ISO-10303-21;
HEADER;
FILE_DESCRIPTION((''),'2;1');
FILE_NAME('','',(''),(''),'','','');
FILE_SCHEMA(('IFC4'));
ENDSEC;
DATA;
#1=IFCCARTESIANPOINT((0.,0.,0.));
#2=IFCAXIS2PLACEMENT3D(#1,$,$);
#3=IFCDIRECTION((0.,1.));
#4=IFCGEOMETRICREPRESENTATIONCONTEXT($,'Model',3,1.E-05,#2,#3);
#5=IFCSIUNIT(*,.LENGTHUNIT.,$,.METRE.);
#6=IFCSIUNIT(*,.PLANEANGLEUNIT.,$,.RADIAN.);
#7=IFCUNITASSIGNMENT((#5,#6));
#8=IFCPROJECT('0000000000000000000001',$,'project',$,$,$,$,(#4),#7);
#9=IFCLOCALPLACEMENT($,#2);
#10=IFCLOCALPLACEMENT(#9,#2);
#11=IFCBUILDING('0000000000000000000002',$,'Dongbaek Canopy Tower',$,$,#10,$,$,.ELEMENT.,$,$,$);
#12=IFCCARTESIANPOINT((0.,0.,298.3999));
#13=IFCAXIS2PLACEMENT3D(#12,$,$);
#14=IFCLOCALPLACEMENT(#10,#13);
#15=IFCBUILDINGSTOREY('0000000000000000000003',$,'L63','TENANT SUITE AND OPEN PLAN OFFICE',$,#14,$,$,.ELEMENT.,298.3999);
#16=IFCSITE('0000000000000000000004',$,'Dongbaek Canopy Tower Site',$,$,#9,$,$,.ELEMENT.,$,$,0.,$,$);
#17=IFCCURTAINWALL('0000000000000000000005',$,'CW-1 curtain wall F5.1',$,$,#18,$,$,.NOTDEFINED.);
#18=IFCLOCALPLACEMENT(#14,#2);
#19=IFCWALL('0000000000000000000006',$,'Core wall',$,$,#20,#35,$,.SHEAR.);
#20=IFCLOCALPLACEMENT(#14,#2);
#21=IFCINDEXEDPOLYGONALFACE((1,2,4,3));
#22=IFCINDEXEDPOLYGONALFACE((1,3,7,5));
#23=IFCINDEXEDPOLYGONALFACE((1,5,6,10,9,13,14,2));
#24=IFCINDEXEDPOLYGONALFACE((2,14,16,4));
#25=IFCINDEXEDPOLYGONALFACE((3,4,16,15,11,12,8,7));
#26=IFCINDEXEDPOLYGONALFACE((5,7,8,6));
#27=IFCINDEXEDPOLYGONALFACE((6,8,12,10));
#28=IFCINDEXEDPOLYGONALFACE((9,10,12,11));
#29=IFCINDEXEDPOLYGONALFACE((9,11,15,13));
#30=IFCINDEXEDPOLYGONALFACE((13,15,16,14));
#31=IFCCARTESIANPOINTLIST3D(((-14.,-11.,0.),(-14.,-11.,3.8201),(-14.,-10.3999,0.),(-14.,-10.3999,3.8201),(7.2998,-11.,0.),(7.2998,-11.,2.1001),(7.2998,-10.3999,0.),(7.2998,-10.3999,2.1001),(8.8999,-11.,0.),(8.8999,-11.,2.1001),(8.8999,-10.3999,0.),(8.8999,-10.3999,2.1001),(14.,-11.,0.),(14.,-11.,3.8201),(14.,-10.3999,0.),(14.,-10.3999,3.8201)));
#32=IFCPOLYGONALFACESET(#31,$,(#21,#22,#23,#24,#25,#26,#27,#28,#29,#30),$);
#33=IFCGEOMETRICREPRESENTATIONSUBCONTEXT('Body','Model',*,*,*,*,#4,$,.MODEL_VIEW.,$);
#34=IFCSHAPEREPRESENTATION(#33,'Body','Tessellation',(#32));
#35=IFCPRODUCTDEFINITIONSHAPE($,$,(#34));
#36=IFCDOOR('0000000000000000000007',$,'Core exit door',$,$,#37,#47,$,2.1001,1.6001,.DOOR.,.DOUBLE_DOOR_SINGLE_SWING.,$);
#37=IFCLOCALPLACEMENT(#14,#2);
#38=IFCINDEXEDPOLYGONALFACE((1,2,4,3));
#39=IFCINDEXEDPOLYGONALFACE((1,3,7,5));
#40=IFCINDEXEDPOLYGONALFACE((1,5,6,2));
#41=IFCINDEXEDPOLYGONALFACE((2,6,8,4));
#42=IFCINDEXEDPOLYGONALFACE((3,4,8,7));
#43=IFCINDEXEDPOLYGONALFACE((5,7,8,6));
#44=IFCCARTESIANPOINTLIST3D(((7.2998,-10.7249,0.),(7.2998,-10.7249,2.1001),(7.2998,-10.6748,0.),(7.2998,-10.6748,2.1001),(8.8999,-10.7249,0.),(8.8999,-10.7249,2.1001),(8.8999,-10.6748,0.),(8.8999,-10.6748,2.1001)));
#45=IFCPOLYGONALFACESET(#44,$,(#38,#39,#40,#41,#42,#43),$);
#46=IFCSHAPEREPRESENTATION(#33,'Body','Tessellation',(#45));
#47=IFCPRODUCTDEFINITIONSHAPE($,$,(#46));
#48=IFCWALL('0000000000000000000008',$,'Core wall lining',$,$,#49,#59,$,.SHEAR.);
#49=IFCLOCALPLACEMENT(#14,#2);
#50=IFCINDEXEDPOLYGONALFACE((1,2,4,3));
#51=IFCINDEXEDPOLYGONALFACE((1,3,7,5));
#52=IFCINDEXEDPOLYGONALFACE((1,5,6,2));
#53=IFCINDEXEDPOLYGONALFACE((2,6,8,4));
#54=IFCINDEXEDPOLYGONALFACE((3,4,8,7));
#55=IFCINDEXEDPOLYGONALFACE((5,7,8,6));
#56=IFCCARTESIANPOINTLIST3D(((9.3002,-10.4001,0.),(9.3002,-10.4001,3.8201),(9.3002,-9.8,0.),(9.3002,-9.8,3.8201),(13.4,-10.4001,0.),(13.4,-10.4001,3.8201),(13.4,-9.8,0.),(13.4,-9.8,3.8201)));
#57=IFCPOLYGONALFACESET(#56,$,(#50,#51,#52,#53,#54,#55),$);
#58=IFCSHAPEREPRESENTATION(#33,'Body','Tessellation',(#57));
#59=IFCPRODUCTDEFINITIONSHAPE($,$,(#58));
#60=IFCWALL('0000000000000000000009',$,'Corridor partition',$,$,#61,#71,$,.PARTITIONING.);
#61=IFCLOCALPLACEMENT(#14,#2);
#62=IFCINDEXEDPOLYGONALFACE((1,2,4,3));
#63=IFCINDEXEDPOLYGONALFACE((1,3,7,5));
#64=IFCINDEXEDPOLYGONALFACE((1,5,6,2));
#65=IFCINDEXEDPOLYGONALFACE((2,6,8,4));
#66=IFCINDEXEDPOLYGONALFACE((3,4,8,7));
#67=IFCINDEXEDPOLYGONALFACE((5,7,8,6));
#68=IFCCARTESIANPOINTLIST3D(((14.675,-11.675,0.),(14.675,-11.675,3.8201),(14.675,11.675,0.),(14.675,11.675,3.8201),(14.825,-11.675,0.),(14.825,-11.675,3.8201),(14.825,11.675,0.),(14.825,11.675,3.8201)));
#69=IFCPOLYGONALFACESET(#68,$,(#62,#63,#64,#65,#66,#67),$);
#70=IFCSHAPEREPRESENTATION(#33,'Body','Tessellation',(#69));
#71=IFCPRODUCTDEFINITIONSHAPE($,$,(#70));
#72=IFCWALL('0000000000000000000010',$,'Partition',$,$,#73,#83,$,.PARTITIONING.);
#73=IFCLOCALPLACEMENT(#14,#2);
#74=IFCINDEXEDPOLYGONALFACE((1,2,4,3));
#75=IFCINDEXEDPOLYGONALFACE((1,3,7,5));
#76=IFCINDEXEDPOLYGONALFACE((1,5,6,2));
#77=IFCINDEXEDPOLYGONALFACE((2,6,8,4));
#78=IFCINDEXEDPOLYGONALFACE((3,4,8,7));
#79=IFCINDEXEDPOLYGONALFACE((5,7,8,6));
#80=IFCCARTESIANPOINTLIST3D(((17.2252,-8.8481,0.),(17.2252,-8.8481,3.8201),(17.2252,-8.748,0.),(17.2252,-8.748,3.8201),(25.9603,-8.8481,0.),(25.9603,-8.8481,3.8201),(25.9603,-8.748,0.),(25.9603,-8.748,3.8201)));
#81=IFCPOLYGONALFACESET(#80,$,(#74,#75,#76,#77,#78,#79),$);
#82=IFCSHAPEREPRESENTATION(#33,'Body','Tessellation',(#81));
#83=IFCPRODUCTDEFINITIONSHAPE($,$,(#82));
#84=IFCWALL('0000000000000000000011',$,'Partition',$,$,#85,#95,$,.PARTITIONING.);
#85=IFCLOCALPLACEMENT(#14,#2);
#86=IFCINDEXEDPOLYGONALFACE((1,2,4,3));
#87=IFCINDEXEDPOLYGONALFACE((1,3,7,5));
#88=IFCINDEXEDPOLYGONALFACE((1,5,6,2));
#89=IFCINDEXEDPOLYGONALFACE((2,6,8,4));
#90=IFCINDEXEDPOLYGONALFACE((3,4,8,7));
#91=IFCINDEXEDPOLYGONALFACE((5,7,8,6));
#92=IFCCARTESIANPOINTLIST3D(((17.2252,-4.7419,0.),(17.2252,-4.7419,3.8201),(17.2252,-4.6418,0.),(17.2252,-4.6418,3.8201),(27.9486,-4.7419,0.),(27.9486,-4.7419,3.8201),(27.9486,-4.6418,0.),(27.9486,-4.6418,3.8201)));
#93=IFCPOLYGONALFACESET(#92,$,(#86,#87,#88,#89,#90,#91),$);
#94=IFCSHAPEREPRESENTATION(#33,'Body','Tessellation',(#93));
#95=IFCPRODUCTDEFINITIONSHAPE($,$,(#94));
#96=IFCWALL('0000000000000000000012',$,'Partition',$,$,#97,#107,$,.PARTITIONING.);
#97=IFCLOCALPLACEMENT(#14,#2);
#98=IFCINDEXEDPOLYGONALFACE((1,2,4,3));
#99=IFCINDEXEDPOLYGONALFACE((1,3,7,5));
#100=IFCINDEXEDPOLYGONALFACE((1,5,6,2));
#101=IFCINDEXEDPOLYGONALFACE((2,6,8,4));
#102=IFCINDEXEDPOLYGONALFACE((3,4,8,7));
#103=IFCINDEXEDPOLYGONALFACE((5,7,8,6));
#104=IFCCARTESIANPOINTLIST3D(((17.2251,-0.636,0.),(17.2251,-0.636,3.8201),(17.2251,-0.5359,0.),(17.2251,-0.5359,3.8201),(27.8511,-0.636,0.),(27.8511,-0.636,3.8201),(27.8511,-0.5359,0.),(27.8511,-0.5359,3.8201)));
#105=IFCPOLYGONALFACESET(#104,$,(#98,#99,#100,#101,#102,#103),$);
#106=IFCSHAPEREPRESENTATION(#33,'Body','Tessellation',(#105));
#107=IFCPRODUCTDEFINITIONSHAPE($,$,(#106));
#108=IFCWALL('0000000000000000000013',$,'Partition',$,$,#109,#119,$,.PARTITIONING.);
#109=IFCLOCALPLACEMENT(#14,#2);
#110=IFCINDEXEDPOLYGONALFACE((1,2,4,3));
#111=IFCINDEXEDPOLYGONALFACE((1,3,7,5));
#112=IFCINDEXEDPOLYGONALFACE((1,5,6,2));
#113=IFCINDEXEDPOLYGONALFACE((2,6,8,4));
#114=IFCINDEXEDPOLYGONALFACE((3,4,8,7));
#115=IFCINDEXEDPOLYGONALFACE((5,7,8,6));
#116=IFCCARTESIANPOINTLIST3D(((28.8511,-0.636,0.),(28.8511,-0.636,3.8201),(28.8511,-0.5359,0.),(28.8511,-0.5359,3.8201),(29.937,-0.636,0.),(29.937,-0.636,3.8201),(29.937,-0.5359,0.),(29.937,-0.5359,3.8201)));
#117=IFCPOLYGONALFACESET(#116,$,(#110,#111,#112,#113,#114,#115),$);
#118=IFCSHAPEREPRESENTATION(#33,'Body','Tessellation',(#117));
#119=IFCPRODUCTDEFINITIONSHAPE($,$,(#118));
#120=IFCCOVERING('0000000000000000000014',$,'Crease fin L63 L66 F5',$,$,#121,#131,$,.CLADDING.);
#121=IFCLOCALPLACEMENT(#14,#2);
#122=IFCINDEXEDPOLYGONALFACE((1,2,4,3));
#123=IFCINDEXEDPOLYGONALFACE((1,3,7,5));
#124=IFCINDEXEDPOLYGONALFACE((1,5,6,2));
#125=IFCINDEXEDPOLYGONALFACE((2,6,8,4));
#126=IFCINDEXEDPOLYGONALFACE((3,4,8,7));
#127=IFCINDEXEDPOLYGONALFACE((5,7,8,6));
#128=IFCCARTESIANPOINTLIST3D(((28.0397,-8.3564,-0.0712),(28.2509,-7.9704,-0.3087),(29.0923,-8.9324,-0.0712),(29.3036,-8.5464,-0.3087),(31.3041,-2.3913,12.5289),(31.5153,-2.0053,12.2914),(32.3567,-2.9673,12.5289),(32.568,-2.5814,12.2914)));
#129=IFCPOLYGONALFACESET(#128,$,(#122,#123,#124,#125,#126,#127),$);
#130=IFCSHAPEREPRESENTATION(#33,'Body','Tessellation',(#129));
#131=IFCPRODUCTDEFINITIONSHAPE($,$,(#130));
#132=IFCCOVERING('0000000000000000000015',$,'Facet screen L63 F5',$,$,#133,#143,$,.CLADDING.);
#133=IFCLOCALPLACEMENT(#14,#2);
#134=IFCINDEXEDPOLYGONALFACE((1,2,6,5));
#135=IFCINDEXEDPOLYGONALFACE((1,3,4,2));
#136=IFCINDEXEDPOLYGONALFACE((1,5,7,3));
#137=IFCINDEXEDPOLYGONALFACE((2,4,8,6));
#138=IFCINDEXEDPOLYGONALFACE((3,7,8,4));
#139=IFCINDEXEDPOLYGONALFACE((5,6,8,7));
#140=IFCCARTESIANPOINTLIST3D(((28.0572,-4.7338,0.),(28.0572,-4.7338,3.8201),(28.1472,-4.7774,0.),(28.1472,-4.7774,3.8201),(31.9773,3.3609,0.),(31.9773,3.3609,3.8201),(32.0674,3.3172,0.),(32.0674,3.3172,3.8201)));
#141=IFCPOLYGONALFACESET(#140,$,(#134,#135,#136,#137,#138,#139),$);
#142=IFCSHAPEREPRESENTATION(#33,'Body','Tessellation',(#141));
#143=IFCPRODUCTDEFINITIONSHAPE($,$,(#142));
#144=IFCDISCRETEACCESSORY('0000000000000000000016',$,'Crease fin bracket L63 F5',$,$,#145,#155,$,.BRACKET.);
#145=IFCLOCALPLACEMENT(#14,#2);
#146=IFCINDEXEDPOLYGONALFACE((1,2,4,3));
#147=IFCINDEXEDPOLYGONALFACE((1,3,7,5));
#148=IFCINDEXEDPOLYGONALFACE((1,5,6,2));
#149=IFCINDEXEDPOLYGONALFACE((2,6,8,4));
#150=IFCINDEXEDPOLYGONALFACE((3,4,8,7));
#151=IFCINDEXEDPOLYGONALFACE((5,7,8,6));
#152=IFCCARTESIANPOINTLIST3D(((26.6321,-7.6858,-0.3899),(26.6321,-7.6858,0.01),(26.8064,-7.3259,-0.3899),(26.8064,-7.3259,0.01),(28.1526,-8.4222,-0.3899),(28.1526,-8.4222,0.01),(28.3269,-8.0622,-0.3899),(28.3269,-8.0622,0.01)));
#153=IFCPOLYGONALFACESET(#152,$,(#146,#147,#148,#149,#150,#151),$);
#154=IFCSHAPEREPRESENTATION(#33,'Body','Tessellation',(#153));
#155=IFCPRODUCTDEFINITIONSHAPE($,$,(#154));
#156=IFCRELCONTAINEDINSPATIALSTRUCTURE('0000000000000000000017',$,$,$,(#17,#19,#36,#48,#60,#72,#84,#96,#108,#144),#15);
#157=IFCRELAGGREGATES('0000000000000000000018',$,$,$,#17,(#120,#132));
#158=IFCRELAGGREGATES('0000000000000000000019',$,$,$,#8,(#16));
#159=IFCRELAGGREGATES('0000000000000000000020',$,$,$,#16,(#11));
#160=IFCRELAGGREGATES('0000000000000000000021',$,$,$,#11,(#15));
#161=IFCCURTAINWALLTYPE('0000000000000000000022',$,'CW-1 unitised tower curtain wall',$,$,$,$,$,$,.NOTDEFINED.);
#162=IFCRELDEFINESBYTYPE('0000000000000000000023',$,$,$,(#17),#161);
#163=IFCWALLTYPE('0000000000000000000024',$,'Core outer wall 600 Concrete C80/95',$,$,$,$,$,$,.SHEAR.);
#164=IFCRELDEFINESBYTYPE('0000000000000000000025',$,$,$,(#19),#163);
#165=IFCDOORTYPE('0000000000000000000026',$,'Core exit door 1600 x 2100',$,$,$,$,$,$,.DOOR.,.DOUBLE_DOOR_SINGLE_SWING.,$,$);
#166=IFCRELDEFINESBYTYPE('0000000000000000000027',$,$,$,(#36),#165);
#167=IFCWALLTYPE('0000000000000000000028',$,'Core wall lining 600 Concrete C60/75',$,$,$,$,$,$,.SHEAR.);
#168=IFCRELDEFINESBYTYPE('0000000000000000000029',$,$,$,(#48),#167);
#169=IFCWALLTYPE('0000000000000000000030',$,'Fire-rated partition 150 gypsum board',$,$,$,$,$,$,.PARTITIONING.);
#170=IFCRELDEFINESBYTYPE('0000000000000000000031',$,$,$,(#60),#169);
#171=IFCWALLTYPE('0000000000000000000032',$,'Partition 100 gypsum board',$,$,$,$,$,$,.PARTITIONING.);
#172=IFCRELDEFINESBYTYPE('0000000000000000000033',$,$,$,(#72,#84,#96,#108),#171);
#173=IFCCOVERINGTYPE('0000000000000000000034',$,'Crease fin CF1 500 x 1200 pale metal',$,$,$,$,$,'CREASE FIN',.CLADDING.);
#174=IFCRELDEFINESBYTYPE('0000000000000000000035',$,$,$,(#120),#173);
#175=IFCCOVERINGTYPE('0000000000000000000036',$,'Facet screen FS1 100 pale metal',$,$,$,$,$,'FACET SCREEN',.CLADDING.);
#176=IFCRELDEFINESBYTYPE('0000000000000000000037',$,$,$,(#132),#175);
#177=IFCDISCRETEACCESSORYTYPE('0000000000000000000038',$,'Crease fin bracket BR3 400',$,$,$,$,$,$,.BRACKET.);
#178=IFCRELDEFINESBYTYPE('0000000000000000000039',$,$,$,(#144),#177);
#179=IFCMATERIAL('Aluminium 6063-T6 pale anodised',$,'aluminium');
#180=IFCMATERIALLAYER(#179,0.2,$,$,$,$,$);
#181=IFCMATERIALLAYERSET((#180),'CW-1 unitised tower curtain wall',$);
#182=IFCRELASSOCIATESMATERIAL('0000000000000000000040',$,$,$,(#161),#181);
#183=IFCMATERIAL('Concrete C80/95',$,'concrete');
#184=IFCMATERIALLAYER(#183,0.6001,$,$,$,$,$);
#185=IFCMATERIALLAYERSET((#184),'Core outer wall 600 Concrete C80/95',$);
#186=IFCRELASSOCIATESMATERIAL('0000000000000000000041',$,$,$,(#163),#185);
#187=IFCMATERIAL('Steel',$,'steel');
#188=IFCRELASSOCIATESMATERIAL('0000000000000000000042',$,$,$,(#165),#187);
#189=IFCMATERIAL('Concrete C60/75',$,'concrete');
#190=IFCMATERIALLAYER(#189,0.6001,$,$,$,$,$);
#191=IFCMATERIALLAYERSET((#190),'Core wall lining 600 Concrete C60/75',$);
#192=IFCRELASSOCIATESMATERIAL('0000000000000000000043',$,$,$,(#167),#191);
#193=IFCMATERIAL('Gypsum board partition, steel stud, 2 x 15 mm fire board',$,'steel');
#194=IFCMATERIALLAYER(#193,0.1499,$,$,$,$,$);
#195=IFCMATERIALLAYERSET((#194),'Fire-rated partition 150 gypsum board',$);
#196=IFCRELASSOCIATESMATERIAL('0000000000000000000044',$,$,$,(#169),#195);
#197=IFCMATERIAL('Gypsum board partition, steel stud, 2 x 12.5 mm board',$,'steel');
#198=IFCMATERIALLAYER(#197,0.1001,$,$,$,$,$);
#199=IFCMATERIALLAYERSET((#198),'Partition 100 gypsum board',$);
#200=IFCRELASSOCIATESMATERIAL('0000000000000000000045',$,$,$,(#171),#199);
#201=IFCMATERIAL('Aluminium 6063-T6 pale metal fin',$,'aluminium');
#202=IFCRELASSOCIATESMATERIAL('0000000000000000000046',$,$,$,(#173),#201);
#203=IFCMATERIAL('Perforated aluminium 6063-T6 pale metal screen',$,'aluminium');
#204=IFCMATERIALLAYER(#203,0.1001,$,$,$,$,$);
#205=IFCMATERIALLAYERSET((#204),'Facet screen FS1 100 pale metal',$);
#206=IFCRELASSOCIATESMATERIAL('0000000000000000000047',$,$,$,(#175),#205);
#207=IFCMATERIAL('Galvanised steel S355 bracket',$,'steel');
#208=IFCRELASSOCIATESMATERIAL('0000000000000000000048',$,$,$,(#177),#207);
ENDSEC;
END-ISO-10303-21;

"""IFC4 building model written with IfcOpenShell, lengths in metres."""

from ifc_helpers import new_model, si_unit, direction, frame, frame_2d, origin, origin_2d, place, context, subcontext, project, spatial, rectangle, extrude, material, layer, layer_set, material_profile, profile_set, type_object, element, fill, aggregate, save


model = new_model("IFC4")

# Units and contexts
model_context = context("Model", 3, precision=1e-05, world=origin(), true_north=direction((0.0, 1.0)))
body_context = subcontext(model_context, "Body", "Model", "MODEL_VIEW")
ifc_project = project(units=[si_unit("LENGTHUNIT", "METRE"), si_unit("PLANEANGLEUNIT", "RADIAN")], contexts=[model_context])

# Site, building, storey
site_placement = place(None, origin())
site = spatial("IfcSite", under=ifc_project, at=site_placement, Name="Dongbaek Canopy Tower Site", CompositionType="ELEMENT", RefElevation=0.0)
building_placement = place(site_placement, origin())
building = spatial("IfcBuilding", under=site, at=building_placement, Name="Dongbaek Canopy Tower", CompositionType="ELEMENT")
storey_placement = place(building_placement, frame((0.0, 0.0, 298.3999)))
storey = spatial("IfcBuildingStorey", under=building, at=storey_placement, Name="L63", Description="TENANT SUITE AND OPEN PLAN OFFICE", CompositionType="ELEMENT", Elevation=298.3999)

# Curtain wall
ifc_material_1 = material(Name="Aluminium 6063-T6 pale anodised", Category="aluminium")
ifc_layer_1 = layer(ifc_material_1, 0.2)
ifc_layer_set_1 = layer_set([ifc_layer_1], Name="CW-1 unitised tower curtain wall")
curtain_wall_type = type_object("IfcCurtainWallType", Name="CW-1 unitised tower curtain wall", PredefinedType="NOTDEFINED", material=ifc_layer_set_1)
curtain_wall_placement = place(storey_placement, origin())
curtain_wall = element("IfcCurtainWall", 1, at=curtain_wall_placement, inside=storey, type_object=curtain_wall_type, Name="CW-1 curtain wall F5.1", PredefinedType="NOTDEFINED")

# Wall, opening, door
ifc_material_2 = material(Name="Concrete C80/95", Category="concrete")
ifc_layer_2 = layer(ifc_material_2, 0.6001)
ifc_layer_set_2 = layer_set([ifc_layer_2], Name="Core outer wall 600 Concrete C80/95")
wall_type_1 = type_object("IfcWallType", Name="Core outer wall 600 Concrete C80/95", PredefinedType="SHEAR", material=ifc_layer_set_2)
wall_1_placement = place(storey_placement, frame((14.0, -10.7, 0.0), z_axis=(0.0, 0.0, 1.0), x_axis=(-1.0, 0.0, 0.0)))
wall_1 = element("IfcWall", 2, at=wall_1_placement, inside=storey, type_object=wall_type_1, Name="Core wall", PredefinedType="SHEAR", context=body_context, shape_type="SweptSolid", body=[
    extrude(rectangle(XDim=28.0, YDim=0.6001, at=frame_2d((14.0, 0.0))), origin(), (0.0, 0.0, 1.0), 3.8201),
])
opening_placement = place(wall_1_placement, frame((5.1001, 0.0, 0.0)))
opening = element("IfcOpeningElement", 3, at=opening_placement, cuts=wall_1, PredefinedType="OPENING", context=body_context, shape_type="SweptSolid", body=[
    extrude(rectangle(XDim=1.6001, YDim=2.1001, at=frame_2d((0.8, 1.05))), frame((0.0, 0.3101, 0.0), z_axis=(0.0, -1.0, 0.0), x_axis=(1.0, 0.0, 0.0)), (0.0, 0.0, 1.0), 0.6201),
])
ifc_material_3 = material(Name="Steel", Category="steel")
door_type = type_object("IfcDoorType", Name="Core exit door 1600 x 2100", OperationType="DOUBLE_DOOR_SINGLE_SWING", PredefinedType="DOOR", material=ifc_material_3)
door_placement = place(opening_placement, origin())
door = element("IfcDoor", 4, at=door_placement, inside=storey, type_object=door_type, Name="Core exit door", OperationType="DOUBLE_DOOR_SINGLE_SWING", OverallHeight=2.1001, OverallWidth=1.6001, PredefinedType="DOOR", context=body_context, shape_type="SweptSolid", body=[
    extrude(rectangle(XDim=1.6001, YDim=2.1001, at=frame_2d((0.8, 1.05))), frame((0.0, 0.0249, 0.0), z_axis=(0.0, -1.0, 0.0), x_axis=(1.0, 0.0, 0.0)), (0.0, 0.0, 1.0), 0.05),
])
fill(opening, door)

# Walls
ifc_material_4 = material(Name="Concrete C60/75", Category="concrete")
ifc_layer_3 = layer(ifc_material_4, 0.6001)
ifc_layer_set_3 = layer_set([ifc_layer_3], Name="Core wall lining 600 Concrete C60/75")
wall_type_2 = type_object("IfcWallType", Name="Core wall lining 600 Concrete C60/75", PredefinedType="SHEAR", material=ifc_layer_set_3)
wall_2_placement = place(storey_placement, frame((13.3999, -10.1001, 0.0), z_axis=(0.0, 0.0, 1.0), x_axis=(-1.0, 0.0, 0.0)))
element("IfcWall", 5, at=wall_2_placement, inside=storey, type_object=wall_type_2, Name="Core wall lining", PredefinedType="SHEAR", context=body_context, shape_type="SweptSolid", body=[
    extrude(rectangle(XDim=4.0999, YDim=0.6001, at=frame_2d((2.0498, 0.0))), origin(), (0.0, 0.0, 1.0), 3.8201),
])
ifc_material_5 = material(Name="Gypsum board partition, steel stud, 2 x 15 mm fire board", Category="steel")
ifc_layer_4 = layer(ifc_material_5, 0.1499)
ifc_layer_set_4 = layer_set([ifc_layer_4], Name="Fire-rated partition 150 gypsum board")
wall_type_3 = type_object("IfcWallType", Name="Fire-rated partition 150 gypsum board", PredefinedType="PARTITIONING", material=ifc_layer_set_4)
wall_3_placement = place(storey_placement, frame((14.75, -11.675, 0.0), z_axis=(0.0, 0.0, 1.0), x_axis=(0.0, 1.0, 0.0)))
element("IfcWall", 6, at=wall_3_placement, inside=storey, type_object=wall_type_3, Name="Corridor partition", PredefinedType="PARTITIONING", context=body_context, shape_type="SweptSolid", body=[
    extrude(rectangle(XDim=23.3501, YDim=0.1499, at=frame_2d((11.675, 0.0))), origin(), (0.0, 0.0, 1.0), 3.8201),
])
ifc_material_6 = material(Name="Gypsum board partition, steel stud, 2 x 12.5 mm board", Category="steel")
ifc_layer_5 = layer(ifc_material_6, 0.1001)
ifc_layer_set_5 = layer_set([ifc_layer_5], Name="Partition 100 gypsum board")
wall_type_4 = type_object("IfcWallType", Name="Partition 100 gypsum board", PredefinedType="PARTITIONING", material=ifc_layer_set_5)
wall_4_placement = place(storey_placement, frame((17.2251, -8.7981, 0.0), z_axis=(0.0, 0.0, 1.0), x_axis=(1.0, 0.0, 0.0)))
element("IfcWall", 7, at=wall_4_placement, inside=storey, type_object=wall_type_4, Name="Partition", PredefinedType="PARTITIONING", context=body_context, shape_type="SweptSolid", body=[
    extrude(rectangle(XDim=8.7351, YDim=0.1001, at=frame_2d((4.3677, 0.0))), origin(), (0.0, 0.0, 1.0), 3.8201),
])
wall_5_placement = place(storey_placement, frame((17.2251, -4.6919, 0.0), z_axis=(0.0, 0.0, 1.0), x_axis=(1.0, 0.0, 0.0)))
element("IfcWall", 8, at=wall_5_placement, inside=storey, type_object=wall_type_4, Name="Partition", PredefinedType="PARTITIONING", context=body_context, shape_type="SweptSolid", body=[
    extrude(rectangle(XDim=10.7234, YDim=0.1001, at=frame_2d((5.3618, 0.0))), origin(), (0.0, 0.0, 1.0), 3.8201),
])
wall_6_placement = place(storey_placement, frame((17.2251, -0.5859, 0.0), z_axis=(0.0, 0.0, 1.0), x_axis=(1.0, 0.0, 0.0)))
element("IfcWall", 9, at=wall_6_placement, inside=storey, type_object=wall_type_4, Name="Partition", PredefinedType="PARTITIONING", context=body_context, shape_type="SweptSolid", body=[
    extrude(rectangle(XDim=10.626, YDim=0.1001, at=frame_2d((5.313, 0.0))), origin(), (0.0, 0.0, 1.0), 3.8201),
])
wall_7_placement = place(storey_placement, frame((28.8511, -0.5859, 0.0), z_axis=(0.0, 0.0, 1.0), x_axis=(1.0, 0.0, 0.0)))
element("IfcWall", 10, at=wall_7_placement, inside=storey, type_object=wall_type_4, Name="Partition", PredefinedType="PARTITIONING", context=body_context, shape_type="SweptSolid", body=[
    extrude(rectangle(XDim=1.0859, YDim=0.1001, at=frame_2d((0.543, 0.0))), origin(), (0.0, 0.0, 1.0), 3.8201),
])

# Coverings
ifc_material_7 = material(Name="Aluminium 6063-T6 pale metal fin", Category="aluminium")
ifc_material_profile_1 = material_profile(ifc_material_7, rectangle(XDim=1.2, YDim=0.5, at=origin_2d()), Name="Crease fin CF1 500 x 1200 pale metal")
ifc_profile_set_1 = profile_set([ifc_material_profile_1], Name="Aluminium 6063-T6 pale metal fin")
covering_type_1 = type_object("IfcCoveringType", Name="Crease fin CF1 500 x 1200 pale metal", ElementType="CREASE FIN", PredefinedType="CLADDING", material=ifc_profile_set_1)
covering_1_placement = place(storey_placement, frame((28.6716, -8.4514, -0.1899), z_axis=(0.227995, 0.416619, 0.880027), x_axis=(-0.877232, 0.480067, 0.0)))
covering_1 = element("IfcCovering", 11, at=covering_1_placement, type_object=covering_type_1, Name="Crease fin L63 L66 F5", PredefinedType="CLADDING", context=body_context, shape_type="SweptSolid", body=[
    extrude(rectangle(XDim=1.2, YDim=0.5, at=origin_2d()), origin(), (0.0, 0.0, 1.0), 14.3179),
])
ifc_material_8 = material(Name="Perforated aluminium 6063-T6 pale metal screen", Category="aluminium")
ifc_layer_6 = layer(ifc_material_8, 0.1001)
ifc_layer_set_6 = layer_set([ifc_layer_6], Name="Facet screen FS1 100 pale metal")
covering_type_2 = type_object("IfcCoveringType", Name="Facet screen FS1 100 pale metal", ElementType="FACET SCREEN", PredefinedType="CLADDING", material=ifc_layer_set_6)
covering_2_placement = place(storey_placement, frame((30.0623, -0.7083, 0.0), z_axis=(0.0, 0.0, 1.0), x_axis=(0.435863, 0.900013, 0.0)))
covering_2 = element("IfcCovering", 12, at=covering_2_placement, type_object=covering_type_2, Name="Facet screen L63 F5", PredefinedType="CLADDING", context=body_context, shape_type="SweptSolid", body=[
    extrude(rectangle(XDim=8.9939, YDim=0.1001, at=origin_2d()), origin(), (0.0, 0.0, 1.0), 3.8201),
])
aggregate(curtain_wall, [covering_1, covering_2])

# Discrete accessory
ifc_material_9 = material(Name="Galvanised steel S355 bracket", Category="steel")
discrete_accessory_type = type_object("IfcDiscreteAccessoryType", Name="Crease fin bracket BR3 400", PredefinedType="BRACKET", material=ifc_material_9)
discrete_accessory_placement = place(storey_placement, frame((27.4795, -7.874, -0.3899), z_axis=(0.0, 0.0, 1.0), x_axis=(0.900013, -0.435863, 0.0)))
element("IfcDiscreteAccessory", 13, at=discrete_accessory_placement, inside=storey, type_object=discrete_accessory_type, Name="Crease fin bracket L63 F5", PredefinedType="BRACKET", context=body_context, shape_type="SweptSolid", body=[
    extrude(rectangle(XDim=1.6895, YDim=0.3999, at=origin_2d()), origin(), (0.0, 0.0, 1.0), 0.3999),
])

save(model, "model.ifc")
